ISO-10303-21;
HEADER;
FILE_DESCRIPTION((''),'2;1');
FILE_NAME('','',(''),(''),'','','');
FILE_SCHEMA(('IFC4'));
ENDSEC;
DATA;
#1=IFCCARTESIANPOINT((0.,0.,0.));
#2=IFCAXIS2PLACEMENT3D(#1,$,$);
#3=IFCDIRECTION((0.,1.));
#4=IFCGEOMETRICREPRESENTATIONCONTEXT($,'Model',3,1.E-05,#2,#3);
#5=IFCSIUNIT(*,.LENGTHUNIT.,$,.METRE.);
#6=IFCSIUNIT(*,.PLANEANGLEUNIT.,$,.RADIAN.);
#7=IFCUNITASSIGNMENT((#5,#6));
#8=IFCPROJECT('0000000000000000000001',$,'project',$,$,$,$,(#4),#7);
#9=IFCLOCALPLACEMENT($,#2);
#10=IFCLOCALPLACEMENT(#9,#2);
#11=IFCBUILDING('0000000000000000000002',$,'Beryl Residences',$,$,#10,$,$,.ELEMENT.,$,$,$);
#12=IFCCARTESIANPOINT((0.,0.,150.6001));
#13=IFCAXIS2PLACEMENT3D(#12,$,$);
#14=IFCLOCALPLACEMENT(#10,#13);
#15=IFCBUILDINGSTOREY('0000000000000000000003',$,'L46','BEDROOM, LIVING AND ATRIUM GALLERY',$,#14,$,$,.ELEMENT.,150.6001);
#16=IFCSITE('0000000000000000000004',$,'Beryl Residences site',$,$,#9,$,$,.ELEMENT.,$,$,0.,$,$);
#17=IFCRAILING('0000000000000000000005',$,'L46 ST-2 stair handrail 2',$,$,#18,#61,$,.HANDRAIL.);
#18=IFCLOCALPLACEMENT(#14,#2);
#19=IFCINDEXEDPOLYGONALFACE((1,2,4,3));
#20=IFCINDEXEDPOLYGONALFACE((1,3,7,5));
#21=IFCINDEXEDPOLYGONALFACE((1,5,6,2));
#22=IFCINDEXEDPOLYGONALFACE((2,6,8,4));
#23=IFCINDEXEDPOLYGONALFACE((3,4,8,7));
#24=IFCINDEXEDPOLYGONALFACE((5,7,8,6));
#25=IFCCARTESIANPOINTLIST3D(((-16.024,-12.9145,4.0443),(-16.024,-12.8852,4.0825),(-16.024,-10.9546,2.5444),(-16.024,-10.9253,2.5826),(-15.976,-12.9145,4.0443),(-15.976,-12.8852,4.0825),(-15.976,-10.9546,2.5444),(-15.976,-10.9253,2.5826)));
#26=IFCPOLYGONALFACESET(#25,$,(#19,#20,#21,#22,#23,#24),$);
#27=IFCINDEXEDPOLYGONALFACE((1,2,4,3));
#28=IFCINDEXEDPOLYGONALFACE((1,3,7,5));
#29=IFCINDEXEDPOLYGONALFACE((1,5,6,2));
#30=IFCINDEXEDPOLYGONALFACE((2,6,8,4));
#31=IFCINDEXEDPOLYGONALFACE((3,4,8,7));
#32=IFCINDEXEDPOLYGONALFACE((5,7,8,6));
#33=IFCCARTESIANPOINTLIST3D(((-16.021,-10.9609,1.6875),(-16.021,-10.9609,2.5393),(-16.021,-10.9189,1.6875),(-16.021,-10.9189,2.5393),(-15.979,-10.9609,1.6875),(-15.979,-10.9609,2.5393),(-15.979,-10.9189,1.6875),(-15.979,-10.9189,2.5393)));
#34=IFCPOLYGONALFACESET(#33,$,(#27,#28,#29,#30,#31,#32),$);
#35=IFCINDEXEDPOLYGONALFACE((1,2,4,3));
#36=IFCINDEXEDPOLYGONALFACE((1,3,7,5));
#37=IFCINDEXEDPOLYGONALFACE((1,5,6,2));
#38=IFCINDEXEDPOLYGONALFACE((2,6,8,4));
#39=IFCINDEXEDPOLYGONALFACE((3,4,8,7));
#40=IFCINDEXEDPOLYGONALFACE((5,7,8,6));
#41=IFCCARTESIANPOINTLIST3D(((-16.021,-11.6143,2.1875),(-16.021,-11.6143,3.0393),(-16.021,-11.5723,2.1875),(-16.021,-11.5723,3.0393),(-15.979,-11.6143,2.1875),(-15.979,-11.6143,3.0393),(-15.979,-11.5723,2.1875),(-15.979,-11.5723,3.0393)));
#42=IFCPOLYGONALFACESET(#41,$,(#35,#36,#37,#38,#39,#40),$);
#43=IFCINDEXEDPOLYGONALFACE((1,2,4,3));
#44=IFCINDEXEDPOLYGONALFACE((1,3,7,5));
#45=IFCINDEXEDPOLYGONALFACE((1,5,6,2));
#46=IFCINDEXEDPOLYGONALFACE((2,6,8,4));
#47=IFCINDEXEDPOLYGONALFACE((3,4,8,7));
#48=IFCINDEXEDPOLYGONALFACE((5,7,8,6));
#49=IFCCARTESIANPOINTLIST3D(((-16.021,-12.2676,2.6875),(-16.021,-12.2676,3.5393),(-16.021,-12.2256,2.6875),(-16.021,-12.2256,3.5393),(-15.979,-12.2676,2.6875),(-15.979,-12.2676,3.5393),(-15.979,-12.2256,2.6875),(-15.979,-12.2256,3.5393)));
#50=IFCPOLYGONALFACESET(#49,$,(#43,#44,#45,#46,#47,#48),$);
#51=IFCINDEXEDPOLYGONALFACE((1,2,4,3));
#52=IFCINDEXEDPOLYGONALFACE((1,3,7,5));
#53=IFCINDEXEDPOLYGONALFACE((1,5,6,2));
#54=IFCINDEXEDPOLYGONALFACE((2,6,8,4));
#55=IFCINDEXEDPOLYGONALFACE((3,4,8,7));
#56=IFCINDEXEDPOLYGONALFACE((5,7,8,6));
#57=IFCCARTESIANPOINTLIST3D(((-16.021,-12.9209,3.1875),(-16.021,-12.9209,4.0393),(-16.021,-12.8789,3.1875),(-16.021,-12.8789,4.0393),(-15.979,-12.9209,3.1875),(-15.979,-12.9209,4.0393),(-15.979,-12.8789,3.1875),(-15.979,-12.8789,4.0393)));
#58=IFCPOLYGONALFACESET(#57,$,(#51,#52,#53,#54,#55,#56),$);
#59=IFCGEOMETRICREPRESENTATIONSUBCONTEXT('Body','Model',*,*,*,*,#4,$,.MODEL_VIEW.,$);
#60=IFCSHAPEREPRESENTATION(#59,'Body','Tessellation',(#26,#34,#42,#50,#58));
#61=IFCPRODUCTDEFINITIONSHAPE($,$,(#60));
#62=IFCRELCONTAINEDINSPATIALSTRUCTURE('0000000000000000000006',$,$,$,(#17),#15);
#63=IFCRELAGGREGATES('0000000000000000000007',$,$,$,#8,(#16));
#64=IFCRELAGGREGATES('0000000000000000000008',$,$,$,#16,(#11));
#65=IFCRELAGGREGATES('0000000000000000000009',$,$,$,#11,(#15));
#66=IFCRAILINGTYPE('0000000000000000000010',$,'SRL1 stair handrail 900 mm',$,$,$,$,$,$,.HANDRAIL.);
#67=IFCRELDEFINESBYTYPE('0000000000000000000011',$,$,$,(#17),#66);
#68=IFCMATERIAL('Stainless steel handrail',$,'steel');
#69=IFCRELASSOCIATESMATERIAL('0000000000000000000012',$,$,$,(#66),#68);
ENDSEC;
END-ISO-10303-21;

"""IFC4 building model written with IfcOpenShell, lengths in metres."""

from ifc_helpers import new_model, si_unit, direction, frame, origin, origin_2d, place, context, subcontext, project, spatial, rectangle, extrude, material, type_object, element, save


model = new_model("IFC4")

# Units and contexts
model_context = context("Model", 3, precision=1e-05, world=origin(), true_north=direction((0.0, 1.0)))
body_context = subcontext(model_context, "Body", "Model", "MODEL_VIEW")
ifc_project = project(units=[si_unit("LENGTHUNIT", "METRE"), si_unit("PLANEANGLEUNIT", "RADIAN")], contexts=[model_context])

# Site, building, storey
site_placement = place(None, origin())
site = spatial("IfcSite", under=ifc_project, at=site_placement, Name="Beryl Residences site", CompositionType="ELEMENT", RefElevation=0.0)
building_placement = place(site_placement, origin())
building = spatial("IfcBuilding", under=site, at=building_placement, Name="Beryl Residences", CompositionType="ELEMENT")
storey_placement = place(building_placement, frame((0.0, 0.0, 150.6001)))
storey = spatial("IfcBuildingStorey", under=building, at=storey_placement, Name="L46", Description="BEDROOM, LIVING AND ATRIUM GALLERY", CompositionType="ELEMENT", Elevation=150.6001)

# Railing
ifc_material_1 = material(Name="Stainless steel handrail", Category="steel")
railing_type_1 = type_object("IfcRailingType", Name="SRL1 stair handrail 900 mm", PredefinedType="HANDRAIL", material=ifc_material_1)
railing_1_placement = place(storey_placement, frame((-16.0, -10.9399, 1.6875)))
element("IfcRailing", 1, at=railing_1_placement, inside=storey, type_object=railing_type_1, Name="L46 ST-2 stair handrail 2", PredefinedType="HANDRAIL", context=body_context, shape_type="SweptSolid", body=[
    extrude(rectangle(XDim=0.0481, YDim=0.0481, at=origin_2d()), frame((0.0, 0.0, 0.876), z_axis=(0.0, -0.794122, 0.607758), x_axis=(1.0, 0.0, 0.0)), (0.0, 0.0, 1.0), 2.468),
    extrude(rectangle(XDim=0.042, YDim=0.042, at=origin_2d()), origin(), (0.0, 0.0, 1.0), 0.8518),
    extrude(rectangle(XDim=0.042, YDim=0.042, at=origin_2d()), frame((0.0, -0.6533, 0.5)), (0.0, 0.0, 1.0), 0.8518),
    extrude(rectangle(XDim=0.042, YDim=0.042, at=origin_2d()), frame((0.0, -1.3066, 1.0)), (0.0, 0.0, 1.0), 0.8518),
    extrude(rectangle(XDim=0.042, YDim=0.042, at=origin_2d()), frame((0.0, -1.96, 1.5)), (0.0, 0.0, 1.0), 0.8518),
])

save(model, "model.ifc")
